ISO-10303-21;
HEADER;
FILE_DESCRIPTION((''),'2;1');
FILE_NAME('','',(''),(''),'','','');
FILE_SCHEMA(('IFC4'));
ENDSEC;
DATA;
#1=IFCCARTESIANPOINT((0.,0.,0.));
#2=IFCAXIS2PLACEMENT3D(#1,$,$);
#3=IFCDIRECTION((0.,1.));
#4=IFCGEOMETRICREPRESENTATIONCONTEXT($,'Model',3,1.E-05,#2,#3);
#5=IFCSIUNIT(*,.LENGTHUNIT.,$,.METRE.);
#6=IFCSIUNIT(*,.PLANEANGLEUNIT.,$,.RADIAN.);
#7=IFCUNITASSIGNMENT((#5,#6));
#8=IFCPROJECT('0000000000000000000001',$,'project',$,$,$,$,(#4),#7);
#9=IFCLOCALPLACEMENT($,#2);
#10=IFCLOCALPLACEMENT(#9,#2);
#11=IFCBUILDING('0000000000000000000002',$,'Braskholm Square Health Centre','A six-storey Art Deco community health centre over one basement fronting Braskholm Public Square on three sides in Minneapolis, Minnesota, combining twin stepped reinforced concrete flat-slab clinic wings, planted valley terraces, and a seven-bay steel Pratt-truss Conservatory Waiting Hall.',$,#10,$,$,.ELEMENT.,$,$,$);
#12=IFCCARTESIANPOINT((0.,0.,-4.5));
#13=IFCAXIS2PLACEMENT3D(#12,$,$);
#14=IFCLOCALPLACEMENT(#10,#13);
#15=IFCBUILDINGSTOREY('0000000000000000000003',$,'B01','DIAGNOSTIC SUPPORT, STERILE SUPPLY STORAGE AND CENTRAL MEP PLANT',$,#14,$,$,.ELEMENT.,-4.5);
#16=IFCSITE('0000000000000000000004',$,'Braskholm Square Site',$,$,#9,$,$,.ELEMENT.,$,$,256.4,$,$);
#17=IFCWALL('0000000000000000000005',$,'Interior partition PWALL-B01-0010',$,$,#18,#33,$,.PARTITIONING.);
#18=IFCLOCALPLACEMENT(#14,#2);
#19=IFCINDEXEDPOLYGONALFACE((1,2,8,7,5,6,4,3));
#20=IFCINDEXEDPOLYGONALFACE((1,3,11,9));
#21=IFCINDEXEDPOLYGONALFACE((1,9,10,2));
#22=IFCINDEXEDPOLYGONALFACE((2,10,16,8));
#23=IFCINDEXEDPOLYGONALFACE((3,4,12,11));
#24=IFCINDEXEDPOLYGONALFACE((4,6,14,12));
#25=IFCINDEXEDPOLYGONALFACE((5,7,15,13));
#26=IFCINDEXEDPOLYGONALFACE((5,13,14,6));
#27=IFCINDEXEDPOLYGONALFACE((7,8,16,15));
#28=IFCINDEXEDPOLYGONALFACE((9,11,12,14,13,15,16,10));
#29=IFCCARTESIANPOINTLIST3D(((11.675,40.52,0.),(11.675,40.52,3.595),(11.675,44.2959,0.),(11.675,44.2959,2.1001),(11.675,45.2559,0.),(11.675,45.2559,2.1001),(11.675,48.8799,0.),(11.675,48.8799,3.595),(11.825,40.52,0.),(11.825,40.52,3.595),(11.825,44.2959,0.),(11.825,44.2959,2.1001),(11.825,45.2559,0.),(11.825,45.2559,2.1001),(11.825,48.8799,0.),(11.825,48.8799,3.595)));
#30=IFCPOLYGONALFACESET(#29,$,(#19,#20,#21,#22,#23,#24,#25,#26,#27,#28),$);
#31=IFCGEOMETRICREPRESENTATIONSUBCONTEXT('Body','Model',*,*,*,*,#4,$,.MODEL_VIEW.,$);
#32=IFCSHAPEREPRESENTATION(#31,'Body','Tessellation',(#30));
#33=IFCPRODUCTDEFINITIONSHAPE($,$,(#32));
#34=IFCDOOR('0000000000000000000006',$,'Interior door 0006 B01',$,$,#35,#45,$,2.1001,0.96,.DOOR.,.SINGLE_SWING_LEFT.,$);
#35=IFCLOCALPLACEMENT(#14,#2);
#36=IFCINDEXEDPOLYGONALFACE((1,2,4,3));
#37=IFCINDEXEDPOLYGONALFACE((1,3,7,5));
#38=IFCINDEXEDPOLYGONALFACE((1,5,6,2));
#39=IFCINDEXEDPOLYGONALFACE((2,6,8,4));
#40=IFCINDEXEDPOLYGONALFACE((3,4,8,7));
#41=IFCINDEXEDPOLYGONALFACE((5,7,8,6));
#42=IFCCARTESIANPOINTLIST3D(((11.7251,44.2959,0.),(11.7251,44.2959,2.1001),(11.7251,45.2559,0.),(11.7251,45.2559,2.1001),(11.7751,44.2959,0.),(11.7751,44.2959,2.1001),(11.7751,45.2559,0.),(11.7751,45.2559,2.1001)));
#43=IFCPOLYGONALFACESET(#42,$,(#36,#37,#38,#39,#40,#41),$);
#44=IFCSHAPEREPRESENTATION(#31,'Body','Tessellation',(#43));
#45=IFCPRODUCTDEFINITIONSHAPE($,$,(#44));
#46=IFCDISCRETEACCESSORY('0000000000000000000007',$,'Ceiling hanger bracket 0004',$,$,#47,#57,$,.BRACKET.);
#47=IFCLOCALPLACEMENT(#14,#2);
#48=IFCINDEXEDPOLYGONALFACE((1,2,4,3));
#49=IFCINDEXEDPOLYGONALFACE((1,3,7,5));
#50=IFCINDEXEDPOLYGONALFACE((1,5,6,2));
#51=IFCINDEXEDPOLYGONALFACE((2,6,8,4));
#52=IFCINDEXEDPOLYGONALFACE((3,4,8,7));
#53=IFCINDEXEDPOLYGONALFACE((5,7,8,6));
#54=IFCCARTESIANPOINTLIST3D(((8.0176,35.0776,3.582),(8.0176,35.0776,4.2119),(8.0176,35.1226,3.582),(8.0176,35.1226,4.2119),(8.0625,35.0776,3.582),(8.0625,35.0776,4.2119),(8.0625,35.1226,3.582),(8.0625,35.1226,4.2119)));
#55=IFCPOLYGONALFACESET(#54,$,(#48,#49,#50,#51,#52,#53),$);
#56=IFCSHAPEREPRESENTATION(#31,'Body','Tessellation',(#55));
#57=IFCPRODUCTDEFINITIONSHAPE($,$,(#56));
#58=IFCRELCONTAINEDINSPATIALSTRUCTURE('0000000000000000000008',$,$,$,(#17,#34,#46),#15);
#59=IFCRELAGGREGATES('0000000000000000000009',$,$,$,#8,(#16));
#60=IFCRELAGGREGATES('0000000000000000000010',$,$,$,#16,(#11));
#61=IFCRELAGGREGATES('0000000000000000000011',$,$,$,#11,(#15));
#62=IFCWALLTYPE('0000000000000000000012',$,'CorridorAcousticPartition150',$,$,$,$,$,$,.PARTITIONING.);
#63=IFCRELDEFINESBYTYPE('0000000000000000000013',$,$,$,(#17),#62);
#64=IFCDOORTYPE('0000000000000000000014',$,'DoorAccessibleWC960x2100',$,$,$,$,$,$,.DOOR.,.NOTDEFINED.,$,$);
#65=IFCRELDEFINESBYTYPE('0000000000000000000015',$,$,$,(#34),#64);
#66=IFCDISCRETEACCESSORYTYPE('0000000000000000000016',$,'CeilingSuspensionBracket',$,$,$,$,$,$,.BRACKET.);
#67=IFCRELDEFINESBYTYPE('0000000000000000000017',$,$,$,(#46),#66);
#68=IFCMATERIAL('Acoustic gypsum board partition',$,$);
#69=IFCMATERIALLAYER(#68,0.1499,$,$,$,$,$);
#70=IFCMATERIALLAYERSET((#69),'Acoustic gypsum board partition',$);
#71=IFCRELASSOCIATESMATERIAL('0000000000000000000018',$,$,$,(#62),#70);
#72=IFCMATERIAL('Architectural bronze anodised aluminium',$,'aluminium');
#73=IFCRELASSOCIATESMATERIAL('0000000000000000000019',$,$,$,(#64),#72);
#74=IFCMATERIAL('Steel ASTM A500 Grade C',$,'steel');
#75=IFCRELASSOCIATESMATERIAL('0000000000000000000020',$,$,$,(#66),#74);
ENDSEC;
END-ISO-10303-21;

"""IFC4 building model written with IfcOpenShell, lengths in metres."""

from ifc_helpers import new_model, si_unit, direction, frame, frame_2d, origin, origin_with_axes, origin_2d, place, context, subcontext, project, spatial, rectangle, extrude, material, layer, layer_set, type_object, element, fill, save


model = new_model("IFC4")

# Units and contexts
model_context = context("Model", 3, precision=1e-05, world=origin(), true_north=direction((0.0, 1.0)))
body_context = subcontext(model_context, "Body", "Model", "MODEL_VIEW")
ifc_project = project(units=[si_unit("LENGTHUNIT", "METRE"), si_unit("PLANEANGLEUNIT", "RADIAN")], contexts=[model_context])

# Site, building, storey
site_placement = place(None, origin())
site = spatial("IfcSite", under=ifc_project, at=site_placement, Name="Braskholm Square Site", CompositionType="ELEMENT", RefElevation=256.4)
building_placement = place(site_placement, origin())
building = spatial("IfcBuilding", under=site, at=building_placement, Name="Braskholm Square Health Centre", Description="A six-storey Art Deco community health centre over one basement fronting Braskholm Public Square on three sides in Minneapolis, Minnesota, combining twin stepped reinforced concrete flat-slab clinic wings, planted valley terraces, and a seven-bay steel Pratt-truss Conservatory Waiting Hall.", CompositionType="ELEMENT")
storey_placement = place(building_placement, frame((0.0, 0.0, -4.5)))
storey = spatial("IfcBuildingStorey", under=building, at=storey_placement, Name="B01", Description="DIAGNOSTIC SUPPORT, STERILE SUPPLY STORAGE AND CENTRAL MEP PLANT", CompositionType="ELEMENT", Elevation=-4.5)

# Shared definitions
ifc_material_1 = material(Name="Acoustic gypsum board partition")
ifc_layer = layer(ifc_material_1, 0.1499)
ifc_layer_set = layer_set([ifc_layer], Name="Acoustic gypsum board partition")
wall_type = type_object("IfcWallType", Name="CorridorAcousticPartition150", PredefinedType="PARTITIONING", material=ifc_layer_set)

# Wall, opening, door
wall_1_placement = place(storey_placement, frame((11.75, 40.52, 0.0), z_axis=(0.0, 0.0, 1.0), x_axis=(0.0, 1.0, 0.0)))
wall_1 = element("IfcWall", 1, at=wall_1_placement, inside=storey, type_object=wall_type, Name="Interior partition PWALL-B01-0010", PredefinedType="PARTITIONING", context=body_context, shape_type="SweptSolid", body=[
    extrude(rectangle(XDim=8.3599, YDim=0.1499, at=frame_2d((4.1799, 0.0))), origin(), (0.0, 0.0, 1.0), 3.595),
])
opening_placement = place(wall_1_placement, frame((3.7759, 0.0, 0.0)))
opening = element("IfcOpeningElement", 2, at=opening_placement, cuts=wall_1, PredefinedType="OPENING", context=body_context, shape_type="SweptSolid", body=[
    extrude(rectangle(XDim=0.96, YDim=2.1001, at=frame_2d((0.48, 1.05))), frame((0.0, 0.085, 0.0), z_axis=(0.0, -1.0, 0.0), x_axis=(1.0, 0.0, 0.0)), (0.0, 0.0, 1.0), 0.1699),
])
ifc_material_2 = material(Name="Architectural bronze anodised aluminium", Category="aluminium")
door_type = type_object("IfcDoorType", Name="DoorAccessibleWC960x2100", OperationType="NOTDEFINED", PredefinedType="DOOR", material=ifc_material_2)
door_placement = place(opening_placement, origin_with_axes())
door = element("IfcDoor", 3, at=door_placement, inside=storey, type_object=door_type, Name="Interior door 0006 B01", OperationType="SINGLE_SWING_LEFT", OverallHeight=2.1001, OverallWidth=0.96, PredefinedType="DOOR", context=body_context, shape_type="SweptSolid", body=[
    extrude(rectangle(XDim=0.96, YDim=2.1001, at=frame_2d((0.48, 1.05))), frame((0.0, 0.0249, 0.0), z_axis=(0.0, -1.0, 0.0), x_axis=(1.0, 0.0, 0.0)), (0.0, 0.0, 1.0), 0.05),
])
fill(opening, door)

# Discrete accessory
ifc_material_3 = material(Name="Steel ASTM A500 Grade C", Category="steel")
discrete_accessory_type = type_object("IfcDiscreteAccessoryType", Name="CeilingSuspensionBracket", PredefinedType="BRACKET", material=ifc_material_3)
discrete_accessory_placement = place(storey_placement, frame((8.04, 35.1001, 3.582), z_axis=(0.0, 0.0, 1.0), x_axis=(1.0, 0.0, 0.0)))
element("IfcDiscreteAccessory", 4, at=discrete_accessory_placement, inside=storey, type_object=discrete_accessory_type, Name="Ceiling hanger bracket 0004", PredefinedType="BRACKET", context=body_context, shape_type="SweptSolid", body=[
    extrude(rectangle(XDim=0.0449, YDim=0.0449, at=origin_2d()), origin(), (0.0, 0.0, 1.0), 0.6299),
])

save(model, "model.ifc")
